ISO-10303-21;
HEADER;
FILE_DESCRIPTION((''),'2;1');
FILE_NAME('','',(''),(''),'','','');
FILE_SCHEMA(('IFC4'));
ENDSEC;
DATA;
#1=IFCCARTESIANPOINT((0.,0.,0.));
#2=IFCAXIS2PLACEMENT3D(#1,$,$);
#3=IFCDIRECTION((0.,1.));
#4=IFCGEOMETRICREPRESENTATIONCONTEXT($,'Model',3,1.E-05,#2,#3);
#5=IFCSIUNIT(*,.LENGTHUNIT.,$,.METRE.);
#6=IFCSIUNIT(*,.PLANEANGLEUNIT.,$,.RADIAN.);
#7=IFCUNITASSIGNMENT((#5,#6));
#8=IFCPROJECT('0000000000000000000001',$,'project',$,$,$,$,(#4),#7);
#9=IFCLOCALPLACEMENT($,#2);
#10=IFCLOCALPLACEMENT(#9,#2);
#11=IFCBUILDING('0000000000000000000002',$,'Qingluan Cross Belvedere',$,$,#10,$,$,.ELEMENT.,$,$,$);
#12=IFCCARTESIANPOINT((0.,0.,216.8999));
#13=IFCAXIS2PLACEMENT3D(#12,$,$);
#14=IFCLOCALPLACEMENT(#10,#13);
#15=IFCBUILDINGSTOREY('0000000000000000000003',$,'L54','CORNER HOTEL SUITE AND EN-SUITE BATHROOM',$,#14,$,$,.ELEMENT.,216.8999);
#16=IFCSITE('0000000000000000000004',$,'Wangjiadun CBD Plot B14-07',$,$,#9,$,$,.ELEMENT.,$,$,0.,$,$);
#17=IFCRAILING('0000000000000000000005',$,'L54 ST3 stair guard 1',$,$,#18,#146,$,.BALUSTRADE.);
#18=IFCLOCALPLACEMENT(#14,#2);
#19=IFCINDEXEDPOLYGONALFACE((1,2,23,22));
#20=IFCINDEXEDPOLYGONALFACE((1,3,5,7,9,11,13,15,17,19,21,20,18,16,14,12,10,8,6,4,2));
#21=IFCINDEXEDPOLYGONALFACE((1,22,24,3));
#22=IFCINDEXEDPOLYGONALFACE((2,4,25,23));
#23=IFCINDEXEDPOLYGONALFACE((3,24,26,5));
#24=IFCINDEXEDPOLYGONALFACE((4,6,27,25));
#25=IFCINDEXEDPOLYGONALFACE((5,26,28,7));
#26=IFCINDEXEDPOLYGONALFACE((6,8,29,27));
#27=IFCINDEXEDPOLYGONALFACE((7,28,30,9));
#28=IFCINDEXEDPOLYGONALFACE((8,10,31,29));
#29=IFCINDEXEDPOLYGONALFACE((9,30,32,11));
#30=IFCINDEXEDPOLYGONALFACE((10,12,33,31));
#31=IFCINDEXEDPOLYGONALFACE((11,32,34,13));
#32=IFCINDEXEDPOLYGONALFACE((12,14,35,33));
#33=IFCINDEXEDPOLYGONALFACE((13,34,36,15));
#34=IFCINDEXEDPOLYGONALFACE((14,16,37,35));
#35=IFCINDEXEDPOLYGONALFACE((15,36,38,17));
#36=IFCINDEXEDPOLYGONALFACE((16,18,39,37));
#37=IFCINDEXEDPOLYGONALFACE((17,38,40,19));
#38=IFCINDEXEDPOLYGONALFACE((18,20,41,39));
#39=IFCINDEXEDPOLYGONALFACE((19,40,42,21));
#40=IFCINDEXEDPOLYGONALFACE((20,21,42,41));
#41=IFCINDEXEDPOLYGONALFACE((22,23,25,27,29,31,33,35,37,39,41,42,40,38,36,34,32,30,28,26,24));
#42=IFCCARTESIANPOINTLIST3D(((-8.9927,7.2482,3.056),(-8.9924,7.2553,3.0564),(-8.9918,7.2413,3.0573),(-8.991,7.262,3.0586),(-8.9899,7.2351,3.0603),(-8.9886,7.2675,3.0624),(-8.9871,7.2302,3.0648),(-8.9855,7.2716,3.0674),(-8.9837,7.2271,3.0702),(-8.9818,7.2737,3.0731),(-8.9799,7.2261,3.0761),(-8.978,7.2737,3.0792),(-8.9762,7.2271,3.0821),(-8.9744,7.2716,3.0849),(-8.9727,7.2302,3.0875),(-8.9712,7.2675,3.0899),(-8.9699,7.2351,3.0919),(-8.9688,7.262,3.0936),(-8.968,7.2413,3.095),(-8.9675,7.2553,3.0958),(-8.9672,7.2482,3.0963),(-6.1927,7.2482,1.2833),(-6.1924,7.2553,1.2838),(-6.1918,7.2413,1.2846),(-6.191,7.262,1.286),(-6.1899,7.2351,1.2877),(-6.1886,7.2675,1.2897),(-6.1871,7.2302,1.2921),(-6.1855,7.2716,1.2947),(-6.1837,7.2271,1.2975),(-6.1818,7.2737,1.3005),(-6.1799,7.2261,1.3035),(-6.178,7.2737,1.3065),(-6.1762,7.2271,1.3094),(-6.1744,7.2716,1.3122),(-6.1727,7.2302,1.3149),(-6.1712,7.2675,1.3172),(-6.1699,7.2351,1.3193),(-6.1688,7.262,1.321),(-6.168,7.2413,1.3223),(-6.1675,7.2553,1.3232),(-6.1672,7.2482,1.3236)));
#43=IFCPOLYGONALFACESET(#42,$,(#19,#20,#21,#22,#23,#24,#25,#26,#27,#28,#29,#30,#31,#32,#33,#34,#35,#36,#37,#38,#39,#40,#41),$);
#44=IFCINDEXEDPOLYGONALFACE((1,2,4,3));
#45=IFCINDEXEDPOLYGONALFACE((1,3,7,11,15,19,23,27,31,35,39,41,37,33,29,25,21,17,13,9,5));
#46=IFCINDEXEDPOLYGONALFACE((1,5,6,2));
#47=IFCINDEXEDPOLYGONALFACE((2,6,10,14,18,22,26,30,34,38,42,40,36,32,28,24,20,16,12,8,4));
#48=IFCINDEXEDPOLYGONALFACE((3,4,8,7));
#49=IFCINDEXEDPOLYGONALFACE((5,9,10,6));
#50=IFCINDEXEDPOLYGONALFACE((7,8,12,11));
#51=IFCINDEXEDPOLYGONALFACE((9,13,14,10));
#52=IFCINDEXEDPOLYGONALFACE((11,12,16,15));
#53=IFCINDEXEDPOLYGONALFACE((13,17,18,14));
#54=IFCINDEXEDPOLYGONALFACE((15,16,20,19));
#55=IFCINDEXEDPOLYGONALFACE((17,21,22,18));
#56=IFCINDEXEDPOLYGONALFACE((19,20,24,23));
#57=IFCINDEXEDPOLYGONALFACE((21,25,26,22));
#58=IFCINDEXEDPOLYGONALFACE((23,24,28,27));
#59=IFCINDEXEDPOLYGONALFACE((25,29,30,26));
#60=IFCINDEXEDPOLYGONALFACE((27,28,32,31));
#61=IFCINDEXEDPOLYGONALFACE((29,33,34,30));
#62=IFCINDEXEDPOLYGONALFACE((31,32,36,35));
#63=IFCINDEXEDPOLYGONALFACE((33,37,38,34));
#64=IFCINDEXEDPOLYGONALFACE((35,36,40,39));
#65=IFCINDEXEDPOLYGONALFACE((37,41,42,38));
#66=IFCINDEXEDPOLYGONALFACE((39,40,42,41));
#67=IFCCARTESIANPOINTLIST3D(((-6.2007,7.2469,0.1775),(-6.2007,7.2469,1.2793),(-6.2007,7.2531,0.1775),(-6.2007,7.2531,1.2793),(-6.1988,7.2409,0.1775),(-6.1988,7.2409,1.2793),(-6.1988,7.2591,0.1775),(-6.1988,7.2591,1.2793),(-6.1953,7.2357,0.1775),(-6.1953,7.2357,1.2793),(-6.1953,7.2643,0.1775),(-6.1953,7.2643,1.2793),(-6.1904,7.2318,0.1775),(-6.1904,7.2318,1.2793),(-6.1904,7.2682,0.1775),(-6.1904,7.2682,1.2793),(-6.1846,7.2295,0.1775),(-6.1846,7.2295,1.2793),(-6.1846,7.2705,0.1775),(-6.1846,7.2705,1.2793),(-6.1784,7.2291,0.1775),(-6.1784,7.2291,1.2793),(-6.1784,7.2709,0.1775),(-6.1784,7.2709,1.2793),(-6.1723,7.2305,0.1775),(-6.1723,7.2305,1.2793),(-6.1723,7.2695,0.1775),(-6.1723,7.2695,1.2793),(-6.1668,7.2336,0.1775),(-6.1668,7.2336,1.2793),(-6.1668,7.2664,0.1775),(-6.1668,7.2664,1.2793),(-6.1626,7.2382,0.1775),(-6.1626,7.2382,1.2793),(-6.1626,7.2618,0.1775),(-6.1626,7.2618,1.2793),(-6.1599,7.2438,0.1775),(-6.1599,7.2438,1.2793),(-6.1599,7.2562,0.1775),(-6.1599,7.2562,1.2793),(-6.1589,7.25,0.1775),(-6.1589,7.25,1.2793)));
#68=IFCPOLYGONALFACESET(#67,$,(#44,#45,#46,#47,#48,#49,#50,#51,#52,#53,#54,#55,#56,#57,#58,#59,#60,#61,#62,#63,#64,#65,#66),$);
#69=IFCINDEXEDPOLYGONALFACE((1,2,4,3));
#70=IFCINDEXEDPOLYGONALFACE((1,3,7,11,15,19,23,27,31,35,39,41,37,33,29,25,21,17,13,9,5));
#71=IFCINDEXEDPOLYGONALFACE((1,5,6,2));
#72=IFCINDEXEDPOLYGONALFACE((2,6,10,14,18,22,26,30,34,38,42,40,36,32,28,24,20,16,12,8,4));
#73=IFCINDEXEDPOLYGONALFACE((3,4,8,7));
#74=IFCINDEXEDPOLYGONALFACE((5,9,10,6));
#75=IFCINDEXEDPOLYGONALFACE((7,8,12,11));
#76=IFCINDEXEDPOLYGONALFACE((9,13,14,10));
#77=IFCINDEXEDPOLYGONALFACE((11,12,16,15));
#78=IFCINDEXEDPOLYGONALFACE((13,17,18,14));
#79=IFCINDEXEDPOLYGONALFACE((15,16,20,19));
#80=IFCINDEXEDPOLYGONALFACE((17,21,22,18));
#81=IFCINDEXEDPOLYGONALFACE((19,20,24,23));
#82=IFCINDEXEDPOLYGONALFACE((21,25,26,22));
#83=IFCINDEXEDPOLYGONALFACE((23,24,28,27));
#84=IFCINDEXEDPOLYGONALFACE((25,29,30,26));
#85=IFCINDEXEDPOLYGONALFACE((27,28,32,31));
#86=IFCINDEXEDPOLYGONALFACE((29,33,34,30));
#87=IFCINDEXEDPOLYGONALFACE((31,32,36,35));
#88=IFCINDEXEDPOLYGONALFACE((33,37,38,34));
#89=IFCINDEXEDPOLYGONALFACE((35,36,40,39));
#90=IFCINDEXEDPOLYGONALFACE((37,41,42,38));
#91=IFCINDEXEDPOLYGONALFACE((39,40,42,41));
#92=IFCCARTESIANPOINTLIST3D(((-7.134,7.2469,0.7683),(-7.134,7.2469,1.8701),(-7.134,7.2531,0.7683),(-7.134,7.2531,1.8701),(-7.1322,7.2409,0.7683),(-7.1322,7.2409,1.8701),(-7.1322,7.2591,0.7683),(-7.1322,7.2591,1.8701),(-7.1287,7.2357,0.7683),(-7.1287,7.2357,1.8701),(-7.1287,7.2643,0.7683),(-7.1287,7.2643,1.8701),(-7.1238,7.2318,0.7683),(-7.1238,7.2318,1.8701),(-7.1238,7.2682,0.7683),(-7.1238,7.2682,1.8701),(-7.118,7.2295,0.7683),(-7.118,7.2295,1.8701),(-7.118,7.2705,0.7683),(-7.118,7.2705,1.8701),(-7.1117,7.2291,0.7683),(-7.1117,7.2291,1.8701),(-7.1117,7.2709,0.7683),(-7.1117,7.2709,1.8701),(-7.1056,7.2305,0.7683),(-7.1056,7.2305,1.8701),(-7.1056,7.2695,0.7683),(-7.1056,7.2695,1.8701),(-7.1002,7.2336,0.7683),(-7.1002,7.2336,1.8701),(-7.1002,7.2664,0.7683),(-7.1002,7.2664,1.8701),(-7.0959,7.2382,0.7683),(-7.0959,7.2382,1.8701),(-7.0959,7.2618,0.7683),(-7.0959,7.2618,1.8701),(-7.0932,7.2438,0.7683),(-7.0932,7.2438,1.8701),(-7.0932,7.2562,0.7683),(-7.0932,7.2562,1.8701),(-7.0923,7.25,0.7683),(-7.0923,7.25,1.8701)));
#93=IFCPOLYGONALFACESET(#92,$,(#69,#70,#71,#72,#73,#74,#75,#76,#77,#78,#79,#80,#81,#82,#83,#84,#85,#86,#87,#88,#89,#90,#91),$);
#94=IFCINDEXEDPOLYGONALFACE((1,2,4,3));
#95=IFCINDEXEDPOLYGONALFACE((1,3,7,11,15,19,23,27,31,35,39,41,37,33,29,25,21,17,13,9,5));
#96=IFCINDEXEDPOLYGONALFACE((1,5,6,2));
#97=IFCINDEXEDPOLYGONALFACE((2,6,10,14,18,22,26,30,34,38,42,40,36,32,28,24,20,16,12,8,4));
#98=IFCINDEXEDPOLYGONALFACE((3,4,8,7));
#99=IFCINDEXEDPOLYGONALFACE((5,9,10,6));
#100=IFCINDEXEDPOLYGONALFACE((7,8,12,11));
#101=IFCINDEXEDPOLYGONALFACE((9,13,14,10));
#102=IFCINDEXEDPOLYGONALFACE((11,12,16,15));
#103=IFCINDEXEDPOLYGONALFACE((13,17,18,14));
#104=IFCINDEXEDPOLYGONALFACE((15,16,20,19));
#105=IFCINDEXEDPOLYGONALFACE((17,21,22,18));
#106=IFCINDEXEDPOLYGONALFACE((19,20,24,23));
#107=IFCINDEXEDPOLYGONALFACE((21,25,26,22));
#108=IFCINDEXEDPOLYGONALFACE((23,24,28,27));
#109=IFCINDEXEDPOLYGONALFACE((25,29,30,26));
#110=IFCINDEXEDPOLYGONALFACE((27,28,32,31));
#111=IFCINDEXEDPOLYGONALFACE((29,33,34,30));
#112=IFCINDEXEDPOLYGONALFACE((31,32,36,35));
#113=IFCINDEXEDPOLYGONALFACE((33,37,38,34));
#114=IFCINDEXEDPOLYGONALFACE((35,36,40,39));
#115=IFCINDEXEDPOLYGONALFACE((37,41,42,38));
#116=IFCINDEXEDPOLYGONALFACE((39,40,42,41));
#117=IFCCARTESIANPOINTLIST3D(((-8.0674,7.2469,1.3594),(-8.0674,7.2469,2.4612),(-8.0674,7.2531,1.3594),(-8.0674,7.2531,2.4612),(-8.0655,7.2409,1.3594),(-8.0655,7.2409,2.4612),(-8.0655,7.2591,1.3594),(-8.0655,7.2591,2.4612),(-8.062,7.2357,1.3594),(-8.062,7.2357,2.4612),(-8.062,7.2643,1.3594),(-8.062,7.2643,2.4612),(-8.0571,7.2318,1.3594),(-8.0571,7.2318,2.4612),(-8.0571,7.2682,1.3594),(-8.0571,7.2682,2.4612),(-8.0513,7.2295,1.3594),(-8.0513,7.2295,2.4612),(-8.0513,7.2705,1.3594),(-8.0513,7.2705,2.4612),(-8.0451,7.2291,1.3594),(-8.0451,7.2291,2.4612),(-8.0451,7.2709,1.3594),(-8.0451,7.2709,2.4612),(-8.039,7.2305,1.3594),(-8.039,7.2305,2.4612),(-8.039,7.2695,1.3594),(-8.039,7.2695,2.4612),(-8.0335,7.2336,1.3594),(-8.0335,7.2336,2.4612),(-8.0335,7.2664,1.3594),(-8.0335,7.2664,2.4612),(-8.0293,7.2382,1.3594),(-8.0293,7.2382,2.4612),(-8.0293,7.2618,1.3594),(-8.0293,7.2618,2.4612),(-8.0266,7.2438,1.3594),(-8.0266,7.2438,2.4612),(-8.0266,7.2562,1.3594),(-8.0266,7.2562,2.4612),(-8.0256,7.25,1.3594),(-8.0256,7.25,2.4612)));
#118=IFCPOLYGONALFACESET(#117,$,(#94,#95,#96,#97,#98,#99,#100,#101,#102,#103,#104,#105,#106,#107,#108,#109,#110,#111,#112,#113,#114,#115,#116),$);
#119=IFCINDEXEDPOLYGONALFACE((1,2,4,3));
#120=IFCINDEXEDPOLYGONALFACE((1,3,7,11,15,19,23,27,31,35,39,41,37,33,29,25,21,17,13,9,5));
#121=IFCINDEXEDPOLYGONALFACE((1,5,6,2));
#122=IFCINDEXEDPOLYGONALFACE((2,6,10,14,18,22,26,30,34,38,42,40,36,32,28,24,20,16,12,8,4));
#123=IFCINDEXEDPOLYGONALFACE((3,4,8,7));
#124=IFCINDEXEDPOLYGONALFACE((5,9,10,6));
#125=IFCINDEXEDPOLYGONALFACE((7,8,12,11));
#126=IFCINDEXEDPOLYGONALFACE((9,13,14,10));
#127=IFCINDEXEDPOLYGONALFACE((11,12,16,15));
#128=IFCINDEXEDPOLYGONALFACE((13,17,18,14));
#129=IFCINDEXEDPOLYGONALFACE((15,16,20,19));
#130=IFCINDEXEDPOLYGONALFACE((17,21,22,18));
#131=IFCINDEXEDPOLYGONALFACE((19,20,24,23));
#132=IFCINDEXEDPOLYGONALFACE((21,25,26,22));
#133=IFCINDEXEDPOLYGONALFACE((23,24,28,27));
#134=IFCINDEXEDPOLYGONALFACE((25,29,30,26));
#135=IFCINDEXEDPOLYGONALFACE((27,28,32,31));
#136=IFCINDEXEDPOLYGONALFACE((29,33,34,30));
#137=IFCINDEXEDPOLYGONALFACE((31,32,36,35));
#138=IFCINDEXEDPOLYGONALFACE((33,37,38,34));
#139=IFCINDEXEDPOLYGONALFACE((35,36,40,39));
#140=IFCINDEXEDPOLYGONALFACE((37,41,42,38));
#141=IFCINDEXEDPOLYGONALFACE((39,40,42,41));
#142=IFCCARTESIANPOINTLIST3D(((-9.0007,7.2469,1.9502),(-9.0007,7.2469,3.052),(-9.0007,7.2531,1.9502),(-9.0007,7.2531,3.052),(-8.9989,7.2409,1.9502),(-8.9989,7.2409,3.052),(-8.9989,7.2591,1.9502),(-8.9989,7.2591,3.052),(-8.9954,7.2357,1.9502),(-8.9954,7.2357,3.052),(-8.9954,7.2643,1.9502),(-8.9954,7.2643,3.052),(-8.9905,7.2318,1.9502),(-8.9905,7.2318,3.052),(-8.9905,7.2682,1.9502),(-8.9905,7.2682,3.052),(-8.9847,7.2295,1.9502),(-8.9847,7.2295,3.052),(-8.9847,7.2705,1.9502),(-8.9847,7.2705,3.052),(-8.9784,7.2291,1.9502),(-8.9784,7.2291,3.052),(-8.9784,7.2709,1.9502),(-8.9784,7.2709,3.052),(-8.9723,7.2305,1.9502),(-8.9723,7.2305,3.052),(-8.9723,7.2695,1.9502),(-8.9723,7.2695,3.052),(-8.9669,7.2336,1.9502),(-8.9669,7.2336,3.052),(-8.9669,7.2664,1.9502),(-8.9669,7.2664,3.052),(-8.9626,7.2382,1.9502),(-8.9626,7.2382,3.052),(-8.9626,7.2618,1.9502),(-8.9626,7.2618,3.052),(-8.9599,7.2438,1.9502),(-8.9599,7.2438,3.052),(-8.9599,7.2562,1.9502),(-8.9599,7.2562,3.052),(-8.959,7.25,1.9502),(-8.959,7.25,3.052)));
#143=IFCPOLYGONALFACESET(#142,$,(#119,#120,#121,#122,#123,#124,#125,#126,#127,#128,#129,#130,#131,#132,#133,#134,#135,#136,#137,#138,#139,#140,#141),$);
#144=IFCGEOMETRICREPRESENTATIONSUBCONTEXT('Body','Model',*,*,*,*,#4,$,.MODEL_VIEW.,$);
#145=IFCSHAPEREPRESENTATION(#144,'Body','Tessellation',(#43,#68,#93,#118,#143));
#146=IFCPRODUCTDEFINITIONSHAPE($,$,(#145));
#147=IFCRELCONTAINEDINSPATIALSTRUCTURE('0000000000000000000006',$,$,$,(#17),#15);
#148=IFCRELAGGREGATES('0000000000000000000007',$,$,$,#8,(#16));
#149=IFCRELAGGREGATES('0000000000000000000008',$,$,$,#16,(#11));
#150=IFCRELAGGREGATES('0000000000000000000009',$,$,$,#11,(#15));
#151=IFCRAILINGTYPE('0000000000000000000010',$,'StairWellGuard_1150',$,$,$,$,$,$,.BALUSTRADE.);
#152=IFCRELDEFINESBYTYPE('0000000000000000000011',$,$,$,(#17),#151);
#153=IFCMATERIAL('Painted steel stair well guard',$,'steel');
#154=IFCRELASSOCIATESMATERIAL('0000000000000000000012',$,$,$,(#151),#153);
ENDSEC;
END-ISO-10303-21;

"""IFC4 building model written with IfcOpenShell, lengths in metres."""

from ifc_helpers import new_model, si_unit, direction, frame, origin, origin_2d, place, context, subcontext, project, spatial, circle, extrude, material, type_object, element, save


model = new_model("IFC4")

# Units and contexts
model_context = context("Model", 3, precision=1e-05, world=origin(), true_north=direction((0.0, 1.0)))
body_context = subcontext(model_context, "Body", "Model", "MODEL_VIEW")
ifc_project = project(units=[si_unit("LENGTHUNIT", "METRE"), si_unit("PLANEANGLEUNIT", "RADIAN")], contexts=[model_context])

# Site, building, storey
site_placement = place(None, origin())
site = spatial("IfcSite", under=ifc_project, at=site_placement, Name="Wangjiadun CBD Plot B14-07", CompositionType="ELEMENT", RefElevation=0.0)
building_placement = place(site_placement, origin())
building = spatial("IfcBuilding", under=site, at=building_placement, Name="Qingluan Cross Belvedere", CompositionType="ELEMENT")
storey_placement = place(building_placement, frame((0.0, 0.0, 216.8999)))
storey = spatial("IfcBuildingStorey", under=building, at=storey_placement, Name="L54", Description="CORNER HOTEL SUITE AND EN-SUITE BATHROOM", CompositionType="ELEMENT", Elevation=216.8999)

# Railing
ifc_material_1 = material(Name="Painted steel stair well guard", Category="steel")
railing_type_1 = type_object("IfcRailingType", Name="StairWellGuard_1150", PredefinedType="BALUSTRADE", material=ifc_material_1)
railing_1_placement = place(storey_placement, frame((-6.1799, 7.25, 0.1775)))
element("IfcRailing", 1, at=railing_1_placement, inside=storey, type_object=railing_type_1, Name="L54 ST3 stair guard 1", PredefinedType="BALUSTRADE", context=body_context, shape_type="SweptSolid", body=[
    extrude(circle(Radius=0.0239, at=origin_2d()), frame((0.0, 0.0, 1.126), z_axis=(-0.844909, 0.0, 0.53491), x_axis=(0.0, -1.0, 0.0)), (0.0, 0.0, 1.0), 3.314),
    extrude(circle(Radius=0.021, at=origin_2d()), origin(), (0.0, 0.0, 1.0), 1.1018),
    extrude(circle(Radius=0.021, at=origin_2d()), frame((-0.9333, 0.0, 0.5908)), (0.0, 0.0, 1.0), 1.1018),
    extrude(circle(Radius=0.021, at=origin_2d()), frame((-1.8667, 0.0, 1.1819)), (0.0, 0.0, 1.0), 1.1018),
    extrude(circle(Radius=0.021, at=origin_2d()), frame((-2.8, 0.0, 1.7727)), (0.0, 0.0, 1.0), 1.1018),
])

save(model, "model.ifc")
